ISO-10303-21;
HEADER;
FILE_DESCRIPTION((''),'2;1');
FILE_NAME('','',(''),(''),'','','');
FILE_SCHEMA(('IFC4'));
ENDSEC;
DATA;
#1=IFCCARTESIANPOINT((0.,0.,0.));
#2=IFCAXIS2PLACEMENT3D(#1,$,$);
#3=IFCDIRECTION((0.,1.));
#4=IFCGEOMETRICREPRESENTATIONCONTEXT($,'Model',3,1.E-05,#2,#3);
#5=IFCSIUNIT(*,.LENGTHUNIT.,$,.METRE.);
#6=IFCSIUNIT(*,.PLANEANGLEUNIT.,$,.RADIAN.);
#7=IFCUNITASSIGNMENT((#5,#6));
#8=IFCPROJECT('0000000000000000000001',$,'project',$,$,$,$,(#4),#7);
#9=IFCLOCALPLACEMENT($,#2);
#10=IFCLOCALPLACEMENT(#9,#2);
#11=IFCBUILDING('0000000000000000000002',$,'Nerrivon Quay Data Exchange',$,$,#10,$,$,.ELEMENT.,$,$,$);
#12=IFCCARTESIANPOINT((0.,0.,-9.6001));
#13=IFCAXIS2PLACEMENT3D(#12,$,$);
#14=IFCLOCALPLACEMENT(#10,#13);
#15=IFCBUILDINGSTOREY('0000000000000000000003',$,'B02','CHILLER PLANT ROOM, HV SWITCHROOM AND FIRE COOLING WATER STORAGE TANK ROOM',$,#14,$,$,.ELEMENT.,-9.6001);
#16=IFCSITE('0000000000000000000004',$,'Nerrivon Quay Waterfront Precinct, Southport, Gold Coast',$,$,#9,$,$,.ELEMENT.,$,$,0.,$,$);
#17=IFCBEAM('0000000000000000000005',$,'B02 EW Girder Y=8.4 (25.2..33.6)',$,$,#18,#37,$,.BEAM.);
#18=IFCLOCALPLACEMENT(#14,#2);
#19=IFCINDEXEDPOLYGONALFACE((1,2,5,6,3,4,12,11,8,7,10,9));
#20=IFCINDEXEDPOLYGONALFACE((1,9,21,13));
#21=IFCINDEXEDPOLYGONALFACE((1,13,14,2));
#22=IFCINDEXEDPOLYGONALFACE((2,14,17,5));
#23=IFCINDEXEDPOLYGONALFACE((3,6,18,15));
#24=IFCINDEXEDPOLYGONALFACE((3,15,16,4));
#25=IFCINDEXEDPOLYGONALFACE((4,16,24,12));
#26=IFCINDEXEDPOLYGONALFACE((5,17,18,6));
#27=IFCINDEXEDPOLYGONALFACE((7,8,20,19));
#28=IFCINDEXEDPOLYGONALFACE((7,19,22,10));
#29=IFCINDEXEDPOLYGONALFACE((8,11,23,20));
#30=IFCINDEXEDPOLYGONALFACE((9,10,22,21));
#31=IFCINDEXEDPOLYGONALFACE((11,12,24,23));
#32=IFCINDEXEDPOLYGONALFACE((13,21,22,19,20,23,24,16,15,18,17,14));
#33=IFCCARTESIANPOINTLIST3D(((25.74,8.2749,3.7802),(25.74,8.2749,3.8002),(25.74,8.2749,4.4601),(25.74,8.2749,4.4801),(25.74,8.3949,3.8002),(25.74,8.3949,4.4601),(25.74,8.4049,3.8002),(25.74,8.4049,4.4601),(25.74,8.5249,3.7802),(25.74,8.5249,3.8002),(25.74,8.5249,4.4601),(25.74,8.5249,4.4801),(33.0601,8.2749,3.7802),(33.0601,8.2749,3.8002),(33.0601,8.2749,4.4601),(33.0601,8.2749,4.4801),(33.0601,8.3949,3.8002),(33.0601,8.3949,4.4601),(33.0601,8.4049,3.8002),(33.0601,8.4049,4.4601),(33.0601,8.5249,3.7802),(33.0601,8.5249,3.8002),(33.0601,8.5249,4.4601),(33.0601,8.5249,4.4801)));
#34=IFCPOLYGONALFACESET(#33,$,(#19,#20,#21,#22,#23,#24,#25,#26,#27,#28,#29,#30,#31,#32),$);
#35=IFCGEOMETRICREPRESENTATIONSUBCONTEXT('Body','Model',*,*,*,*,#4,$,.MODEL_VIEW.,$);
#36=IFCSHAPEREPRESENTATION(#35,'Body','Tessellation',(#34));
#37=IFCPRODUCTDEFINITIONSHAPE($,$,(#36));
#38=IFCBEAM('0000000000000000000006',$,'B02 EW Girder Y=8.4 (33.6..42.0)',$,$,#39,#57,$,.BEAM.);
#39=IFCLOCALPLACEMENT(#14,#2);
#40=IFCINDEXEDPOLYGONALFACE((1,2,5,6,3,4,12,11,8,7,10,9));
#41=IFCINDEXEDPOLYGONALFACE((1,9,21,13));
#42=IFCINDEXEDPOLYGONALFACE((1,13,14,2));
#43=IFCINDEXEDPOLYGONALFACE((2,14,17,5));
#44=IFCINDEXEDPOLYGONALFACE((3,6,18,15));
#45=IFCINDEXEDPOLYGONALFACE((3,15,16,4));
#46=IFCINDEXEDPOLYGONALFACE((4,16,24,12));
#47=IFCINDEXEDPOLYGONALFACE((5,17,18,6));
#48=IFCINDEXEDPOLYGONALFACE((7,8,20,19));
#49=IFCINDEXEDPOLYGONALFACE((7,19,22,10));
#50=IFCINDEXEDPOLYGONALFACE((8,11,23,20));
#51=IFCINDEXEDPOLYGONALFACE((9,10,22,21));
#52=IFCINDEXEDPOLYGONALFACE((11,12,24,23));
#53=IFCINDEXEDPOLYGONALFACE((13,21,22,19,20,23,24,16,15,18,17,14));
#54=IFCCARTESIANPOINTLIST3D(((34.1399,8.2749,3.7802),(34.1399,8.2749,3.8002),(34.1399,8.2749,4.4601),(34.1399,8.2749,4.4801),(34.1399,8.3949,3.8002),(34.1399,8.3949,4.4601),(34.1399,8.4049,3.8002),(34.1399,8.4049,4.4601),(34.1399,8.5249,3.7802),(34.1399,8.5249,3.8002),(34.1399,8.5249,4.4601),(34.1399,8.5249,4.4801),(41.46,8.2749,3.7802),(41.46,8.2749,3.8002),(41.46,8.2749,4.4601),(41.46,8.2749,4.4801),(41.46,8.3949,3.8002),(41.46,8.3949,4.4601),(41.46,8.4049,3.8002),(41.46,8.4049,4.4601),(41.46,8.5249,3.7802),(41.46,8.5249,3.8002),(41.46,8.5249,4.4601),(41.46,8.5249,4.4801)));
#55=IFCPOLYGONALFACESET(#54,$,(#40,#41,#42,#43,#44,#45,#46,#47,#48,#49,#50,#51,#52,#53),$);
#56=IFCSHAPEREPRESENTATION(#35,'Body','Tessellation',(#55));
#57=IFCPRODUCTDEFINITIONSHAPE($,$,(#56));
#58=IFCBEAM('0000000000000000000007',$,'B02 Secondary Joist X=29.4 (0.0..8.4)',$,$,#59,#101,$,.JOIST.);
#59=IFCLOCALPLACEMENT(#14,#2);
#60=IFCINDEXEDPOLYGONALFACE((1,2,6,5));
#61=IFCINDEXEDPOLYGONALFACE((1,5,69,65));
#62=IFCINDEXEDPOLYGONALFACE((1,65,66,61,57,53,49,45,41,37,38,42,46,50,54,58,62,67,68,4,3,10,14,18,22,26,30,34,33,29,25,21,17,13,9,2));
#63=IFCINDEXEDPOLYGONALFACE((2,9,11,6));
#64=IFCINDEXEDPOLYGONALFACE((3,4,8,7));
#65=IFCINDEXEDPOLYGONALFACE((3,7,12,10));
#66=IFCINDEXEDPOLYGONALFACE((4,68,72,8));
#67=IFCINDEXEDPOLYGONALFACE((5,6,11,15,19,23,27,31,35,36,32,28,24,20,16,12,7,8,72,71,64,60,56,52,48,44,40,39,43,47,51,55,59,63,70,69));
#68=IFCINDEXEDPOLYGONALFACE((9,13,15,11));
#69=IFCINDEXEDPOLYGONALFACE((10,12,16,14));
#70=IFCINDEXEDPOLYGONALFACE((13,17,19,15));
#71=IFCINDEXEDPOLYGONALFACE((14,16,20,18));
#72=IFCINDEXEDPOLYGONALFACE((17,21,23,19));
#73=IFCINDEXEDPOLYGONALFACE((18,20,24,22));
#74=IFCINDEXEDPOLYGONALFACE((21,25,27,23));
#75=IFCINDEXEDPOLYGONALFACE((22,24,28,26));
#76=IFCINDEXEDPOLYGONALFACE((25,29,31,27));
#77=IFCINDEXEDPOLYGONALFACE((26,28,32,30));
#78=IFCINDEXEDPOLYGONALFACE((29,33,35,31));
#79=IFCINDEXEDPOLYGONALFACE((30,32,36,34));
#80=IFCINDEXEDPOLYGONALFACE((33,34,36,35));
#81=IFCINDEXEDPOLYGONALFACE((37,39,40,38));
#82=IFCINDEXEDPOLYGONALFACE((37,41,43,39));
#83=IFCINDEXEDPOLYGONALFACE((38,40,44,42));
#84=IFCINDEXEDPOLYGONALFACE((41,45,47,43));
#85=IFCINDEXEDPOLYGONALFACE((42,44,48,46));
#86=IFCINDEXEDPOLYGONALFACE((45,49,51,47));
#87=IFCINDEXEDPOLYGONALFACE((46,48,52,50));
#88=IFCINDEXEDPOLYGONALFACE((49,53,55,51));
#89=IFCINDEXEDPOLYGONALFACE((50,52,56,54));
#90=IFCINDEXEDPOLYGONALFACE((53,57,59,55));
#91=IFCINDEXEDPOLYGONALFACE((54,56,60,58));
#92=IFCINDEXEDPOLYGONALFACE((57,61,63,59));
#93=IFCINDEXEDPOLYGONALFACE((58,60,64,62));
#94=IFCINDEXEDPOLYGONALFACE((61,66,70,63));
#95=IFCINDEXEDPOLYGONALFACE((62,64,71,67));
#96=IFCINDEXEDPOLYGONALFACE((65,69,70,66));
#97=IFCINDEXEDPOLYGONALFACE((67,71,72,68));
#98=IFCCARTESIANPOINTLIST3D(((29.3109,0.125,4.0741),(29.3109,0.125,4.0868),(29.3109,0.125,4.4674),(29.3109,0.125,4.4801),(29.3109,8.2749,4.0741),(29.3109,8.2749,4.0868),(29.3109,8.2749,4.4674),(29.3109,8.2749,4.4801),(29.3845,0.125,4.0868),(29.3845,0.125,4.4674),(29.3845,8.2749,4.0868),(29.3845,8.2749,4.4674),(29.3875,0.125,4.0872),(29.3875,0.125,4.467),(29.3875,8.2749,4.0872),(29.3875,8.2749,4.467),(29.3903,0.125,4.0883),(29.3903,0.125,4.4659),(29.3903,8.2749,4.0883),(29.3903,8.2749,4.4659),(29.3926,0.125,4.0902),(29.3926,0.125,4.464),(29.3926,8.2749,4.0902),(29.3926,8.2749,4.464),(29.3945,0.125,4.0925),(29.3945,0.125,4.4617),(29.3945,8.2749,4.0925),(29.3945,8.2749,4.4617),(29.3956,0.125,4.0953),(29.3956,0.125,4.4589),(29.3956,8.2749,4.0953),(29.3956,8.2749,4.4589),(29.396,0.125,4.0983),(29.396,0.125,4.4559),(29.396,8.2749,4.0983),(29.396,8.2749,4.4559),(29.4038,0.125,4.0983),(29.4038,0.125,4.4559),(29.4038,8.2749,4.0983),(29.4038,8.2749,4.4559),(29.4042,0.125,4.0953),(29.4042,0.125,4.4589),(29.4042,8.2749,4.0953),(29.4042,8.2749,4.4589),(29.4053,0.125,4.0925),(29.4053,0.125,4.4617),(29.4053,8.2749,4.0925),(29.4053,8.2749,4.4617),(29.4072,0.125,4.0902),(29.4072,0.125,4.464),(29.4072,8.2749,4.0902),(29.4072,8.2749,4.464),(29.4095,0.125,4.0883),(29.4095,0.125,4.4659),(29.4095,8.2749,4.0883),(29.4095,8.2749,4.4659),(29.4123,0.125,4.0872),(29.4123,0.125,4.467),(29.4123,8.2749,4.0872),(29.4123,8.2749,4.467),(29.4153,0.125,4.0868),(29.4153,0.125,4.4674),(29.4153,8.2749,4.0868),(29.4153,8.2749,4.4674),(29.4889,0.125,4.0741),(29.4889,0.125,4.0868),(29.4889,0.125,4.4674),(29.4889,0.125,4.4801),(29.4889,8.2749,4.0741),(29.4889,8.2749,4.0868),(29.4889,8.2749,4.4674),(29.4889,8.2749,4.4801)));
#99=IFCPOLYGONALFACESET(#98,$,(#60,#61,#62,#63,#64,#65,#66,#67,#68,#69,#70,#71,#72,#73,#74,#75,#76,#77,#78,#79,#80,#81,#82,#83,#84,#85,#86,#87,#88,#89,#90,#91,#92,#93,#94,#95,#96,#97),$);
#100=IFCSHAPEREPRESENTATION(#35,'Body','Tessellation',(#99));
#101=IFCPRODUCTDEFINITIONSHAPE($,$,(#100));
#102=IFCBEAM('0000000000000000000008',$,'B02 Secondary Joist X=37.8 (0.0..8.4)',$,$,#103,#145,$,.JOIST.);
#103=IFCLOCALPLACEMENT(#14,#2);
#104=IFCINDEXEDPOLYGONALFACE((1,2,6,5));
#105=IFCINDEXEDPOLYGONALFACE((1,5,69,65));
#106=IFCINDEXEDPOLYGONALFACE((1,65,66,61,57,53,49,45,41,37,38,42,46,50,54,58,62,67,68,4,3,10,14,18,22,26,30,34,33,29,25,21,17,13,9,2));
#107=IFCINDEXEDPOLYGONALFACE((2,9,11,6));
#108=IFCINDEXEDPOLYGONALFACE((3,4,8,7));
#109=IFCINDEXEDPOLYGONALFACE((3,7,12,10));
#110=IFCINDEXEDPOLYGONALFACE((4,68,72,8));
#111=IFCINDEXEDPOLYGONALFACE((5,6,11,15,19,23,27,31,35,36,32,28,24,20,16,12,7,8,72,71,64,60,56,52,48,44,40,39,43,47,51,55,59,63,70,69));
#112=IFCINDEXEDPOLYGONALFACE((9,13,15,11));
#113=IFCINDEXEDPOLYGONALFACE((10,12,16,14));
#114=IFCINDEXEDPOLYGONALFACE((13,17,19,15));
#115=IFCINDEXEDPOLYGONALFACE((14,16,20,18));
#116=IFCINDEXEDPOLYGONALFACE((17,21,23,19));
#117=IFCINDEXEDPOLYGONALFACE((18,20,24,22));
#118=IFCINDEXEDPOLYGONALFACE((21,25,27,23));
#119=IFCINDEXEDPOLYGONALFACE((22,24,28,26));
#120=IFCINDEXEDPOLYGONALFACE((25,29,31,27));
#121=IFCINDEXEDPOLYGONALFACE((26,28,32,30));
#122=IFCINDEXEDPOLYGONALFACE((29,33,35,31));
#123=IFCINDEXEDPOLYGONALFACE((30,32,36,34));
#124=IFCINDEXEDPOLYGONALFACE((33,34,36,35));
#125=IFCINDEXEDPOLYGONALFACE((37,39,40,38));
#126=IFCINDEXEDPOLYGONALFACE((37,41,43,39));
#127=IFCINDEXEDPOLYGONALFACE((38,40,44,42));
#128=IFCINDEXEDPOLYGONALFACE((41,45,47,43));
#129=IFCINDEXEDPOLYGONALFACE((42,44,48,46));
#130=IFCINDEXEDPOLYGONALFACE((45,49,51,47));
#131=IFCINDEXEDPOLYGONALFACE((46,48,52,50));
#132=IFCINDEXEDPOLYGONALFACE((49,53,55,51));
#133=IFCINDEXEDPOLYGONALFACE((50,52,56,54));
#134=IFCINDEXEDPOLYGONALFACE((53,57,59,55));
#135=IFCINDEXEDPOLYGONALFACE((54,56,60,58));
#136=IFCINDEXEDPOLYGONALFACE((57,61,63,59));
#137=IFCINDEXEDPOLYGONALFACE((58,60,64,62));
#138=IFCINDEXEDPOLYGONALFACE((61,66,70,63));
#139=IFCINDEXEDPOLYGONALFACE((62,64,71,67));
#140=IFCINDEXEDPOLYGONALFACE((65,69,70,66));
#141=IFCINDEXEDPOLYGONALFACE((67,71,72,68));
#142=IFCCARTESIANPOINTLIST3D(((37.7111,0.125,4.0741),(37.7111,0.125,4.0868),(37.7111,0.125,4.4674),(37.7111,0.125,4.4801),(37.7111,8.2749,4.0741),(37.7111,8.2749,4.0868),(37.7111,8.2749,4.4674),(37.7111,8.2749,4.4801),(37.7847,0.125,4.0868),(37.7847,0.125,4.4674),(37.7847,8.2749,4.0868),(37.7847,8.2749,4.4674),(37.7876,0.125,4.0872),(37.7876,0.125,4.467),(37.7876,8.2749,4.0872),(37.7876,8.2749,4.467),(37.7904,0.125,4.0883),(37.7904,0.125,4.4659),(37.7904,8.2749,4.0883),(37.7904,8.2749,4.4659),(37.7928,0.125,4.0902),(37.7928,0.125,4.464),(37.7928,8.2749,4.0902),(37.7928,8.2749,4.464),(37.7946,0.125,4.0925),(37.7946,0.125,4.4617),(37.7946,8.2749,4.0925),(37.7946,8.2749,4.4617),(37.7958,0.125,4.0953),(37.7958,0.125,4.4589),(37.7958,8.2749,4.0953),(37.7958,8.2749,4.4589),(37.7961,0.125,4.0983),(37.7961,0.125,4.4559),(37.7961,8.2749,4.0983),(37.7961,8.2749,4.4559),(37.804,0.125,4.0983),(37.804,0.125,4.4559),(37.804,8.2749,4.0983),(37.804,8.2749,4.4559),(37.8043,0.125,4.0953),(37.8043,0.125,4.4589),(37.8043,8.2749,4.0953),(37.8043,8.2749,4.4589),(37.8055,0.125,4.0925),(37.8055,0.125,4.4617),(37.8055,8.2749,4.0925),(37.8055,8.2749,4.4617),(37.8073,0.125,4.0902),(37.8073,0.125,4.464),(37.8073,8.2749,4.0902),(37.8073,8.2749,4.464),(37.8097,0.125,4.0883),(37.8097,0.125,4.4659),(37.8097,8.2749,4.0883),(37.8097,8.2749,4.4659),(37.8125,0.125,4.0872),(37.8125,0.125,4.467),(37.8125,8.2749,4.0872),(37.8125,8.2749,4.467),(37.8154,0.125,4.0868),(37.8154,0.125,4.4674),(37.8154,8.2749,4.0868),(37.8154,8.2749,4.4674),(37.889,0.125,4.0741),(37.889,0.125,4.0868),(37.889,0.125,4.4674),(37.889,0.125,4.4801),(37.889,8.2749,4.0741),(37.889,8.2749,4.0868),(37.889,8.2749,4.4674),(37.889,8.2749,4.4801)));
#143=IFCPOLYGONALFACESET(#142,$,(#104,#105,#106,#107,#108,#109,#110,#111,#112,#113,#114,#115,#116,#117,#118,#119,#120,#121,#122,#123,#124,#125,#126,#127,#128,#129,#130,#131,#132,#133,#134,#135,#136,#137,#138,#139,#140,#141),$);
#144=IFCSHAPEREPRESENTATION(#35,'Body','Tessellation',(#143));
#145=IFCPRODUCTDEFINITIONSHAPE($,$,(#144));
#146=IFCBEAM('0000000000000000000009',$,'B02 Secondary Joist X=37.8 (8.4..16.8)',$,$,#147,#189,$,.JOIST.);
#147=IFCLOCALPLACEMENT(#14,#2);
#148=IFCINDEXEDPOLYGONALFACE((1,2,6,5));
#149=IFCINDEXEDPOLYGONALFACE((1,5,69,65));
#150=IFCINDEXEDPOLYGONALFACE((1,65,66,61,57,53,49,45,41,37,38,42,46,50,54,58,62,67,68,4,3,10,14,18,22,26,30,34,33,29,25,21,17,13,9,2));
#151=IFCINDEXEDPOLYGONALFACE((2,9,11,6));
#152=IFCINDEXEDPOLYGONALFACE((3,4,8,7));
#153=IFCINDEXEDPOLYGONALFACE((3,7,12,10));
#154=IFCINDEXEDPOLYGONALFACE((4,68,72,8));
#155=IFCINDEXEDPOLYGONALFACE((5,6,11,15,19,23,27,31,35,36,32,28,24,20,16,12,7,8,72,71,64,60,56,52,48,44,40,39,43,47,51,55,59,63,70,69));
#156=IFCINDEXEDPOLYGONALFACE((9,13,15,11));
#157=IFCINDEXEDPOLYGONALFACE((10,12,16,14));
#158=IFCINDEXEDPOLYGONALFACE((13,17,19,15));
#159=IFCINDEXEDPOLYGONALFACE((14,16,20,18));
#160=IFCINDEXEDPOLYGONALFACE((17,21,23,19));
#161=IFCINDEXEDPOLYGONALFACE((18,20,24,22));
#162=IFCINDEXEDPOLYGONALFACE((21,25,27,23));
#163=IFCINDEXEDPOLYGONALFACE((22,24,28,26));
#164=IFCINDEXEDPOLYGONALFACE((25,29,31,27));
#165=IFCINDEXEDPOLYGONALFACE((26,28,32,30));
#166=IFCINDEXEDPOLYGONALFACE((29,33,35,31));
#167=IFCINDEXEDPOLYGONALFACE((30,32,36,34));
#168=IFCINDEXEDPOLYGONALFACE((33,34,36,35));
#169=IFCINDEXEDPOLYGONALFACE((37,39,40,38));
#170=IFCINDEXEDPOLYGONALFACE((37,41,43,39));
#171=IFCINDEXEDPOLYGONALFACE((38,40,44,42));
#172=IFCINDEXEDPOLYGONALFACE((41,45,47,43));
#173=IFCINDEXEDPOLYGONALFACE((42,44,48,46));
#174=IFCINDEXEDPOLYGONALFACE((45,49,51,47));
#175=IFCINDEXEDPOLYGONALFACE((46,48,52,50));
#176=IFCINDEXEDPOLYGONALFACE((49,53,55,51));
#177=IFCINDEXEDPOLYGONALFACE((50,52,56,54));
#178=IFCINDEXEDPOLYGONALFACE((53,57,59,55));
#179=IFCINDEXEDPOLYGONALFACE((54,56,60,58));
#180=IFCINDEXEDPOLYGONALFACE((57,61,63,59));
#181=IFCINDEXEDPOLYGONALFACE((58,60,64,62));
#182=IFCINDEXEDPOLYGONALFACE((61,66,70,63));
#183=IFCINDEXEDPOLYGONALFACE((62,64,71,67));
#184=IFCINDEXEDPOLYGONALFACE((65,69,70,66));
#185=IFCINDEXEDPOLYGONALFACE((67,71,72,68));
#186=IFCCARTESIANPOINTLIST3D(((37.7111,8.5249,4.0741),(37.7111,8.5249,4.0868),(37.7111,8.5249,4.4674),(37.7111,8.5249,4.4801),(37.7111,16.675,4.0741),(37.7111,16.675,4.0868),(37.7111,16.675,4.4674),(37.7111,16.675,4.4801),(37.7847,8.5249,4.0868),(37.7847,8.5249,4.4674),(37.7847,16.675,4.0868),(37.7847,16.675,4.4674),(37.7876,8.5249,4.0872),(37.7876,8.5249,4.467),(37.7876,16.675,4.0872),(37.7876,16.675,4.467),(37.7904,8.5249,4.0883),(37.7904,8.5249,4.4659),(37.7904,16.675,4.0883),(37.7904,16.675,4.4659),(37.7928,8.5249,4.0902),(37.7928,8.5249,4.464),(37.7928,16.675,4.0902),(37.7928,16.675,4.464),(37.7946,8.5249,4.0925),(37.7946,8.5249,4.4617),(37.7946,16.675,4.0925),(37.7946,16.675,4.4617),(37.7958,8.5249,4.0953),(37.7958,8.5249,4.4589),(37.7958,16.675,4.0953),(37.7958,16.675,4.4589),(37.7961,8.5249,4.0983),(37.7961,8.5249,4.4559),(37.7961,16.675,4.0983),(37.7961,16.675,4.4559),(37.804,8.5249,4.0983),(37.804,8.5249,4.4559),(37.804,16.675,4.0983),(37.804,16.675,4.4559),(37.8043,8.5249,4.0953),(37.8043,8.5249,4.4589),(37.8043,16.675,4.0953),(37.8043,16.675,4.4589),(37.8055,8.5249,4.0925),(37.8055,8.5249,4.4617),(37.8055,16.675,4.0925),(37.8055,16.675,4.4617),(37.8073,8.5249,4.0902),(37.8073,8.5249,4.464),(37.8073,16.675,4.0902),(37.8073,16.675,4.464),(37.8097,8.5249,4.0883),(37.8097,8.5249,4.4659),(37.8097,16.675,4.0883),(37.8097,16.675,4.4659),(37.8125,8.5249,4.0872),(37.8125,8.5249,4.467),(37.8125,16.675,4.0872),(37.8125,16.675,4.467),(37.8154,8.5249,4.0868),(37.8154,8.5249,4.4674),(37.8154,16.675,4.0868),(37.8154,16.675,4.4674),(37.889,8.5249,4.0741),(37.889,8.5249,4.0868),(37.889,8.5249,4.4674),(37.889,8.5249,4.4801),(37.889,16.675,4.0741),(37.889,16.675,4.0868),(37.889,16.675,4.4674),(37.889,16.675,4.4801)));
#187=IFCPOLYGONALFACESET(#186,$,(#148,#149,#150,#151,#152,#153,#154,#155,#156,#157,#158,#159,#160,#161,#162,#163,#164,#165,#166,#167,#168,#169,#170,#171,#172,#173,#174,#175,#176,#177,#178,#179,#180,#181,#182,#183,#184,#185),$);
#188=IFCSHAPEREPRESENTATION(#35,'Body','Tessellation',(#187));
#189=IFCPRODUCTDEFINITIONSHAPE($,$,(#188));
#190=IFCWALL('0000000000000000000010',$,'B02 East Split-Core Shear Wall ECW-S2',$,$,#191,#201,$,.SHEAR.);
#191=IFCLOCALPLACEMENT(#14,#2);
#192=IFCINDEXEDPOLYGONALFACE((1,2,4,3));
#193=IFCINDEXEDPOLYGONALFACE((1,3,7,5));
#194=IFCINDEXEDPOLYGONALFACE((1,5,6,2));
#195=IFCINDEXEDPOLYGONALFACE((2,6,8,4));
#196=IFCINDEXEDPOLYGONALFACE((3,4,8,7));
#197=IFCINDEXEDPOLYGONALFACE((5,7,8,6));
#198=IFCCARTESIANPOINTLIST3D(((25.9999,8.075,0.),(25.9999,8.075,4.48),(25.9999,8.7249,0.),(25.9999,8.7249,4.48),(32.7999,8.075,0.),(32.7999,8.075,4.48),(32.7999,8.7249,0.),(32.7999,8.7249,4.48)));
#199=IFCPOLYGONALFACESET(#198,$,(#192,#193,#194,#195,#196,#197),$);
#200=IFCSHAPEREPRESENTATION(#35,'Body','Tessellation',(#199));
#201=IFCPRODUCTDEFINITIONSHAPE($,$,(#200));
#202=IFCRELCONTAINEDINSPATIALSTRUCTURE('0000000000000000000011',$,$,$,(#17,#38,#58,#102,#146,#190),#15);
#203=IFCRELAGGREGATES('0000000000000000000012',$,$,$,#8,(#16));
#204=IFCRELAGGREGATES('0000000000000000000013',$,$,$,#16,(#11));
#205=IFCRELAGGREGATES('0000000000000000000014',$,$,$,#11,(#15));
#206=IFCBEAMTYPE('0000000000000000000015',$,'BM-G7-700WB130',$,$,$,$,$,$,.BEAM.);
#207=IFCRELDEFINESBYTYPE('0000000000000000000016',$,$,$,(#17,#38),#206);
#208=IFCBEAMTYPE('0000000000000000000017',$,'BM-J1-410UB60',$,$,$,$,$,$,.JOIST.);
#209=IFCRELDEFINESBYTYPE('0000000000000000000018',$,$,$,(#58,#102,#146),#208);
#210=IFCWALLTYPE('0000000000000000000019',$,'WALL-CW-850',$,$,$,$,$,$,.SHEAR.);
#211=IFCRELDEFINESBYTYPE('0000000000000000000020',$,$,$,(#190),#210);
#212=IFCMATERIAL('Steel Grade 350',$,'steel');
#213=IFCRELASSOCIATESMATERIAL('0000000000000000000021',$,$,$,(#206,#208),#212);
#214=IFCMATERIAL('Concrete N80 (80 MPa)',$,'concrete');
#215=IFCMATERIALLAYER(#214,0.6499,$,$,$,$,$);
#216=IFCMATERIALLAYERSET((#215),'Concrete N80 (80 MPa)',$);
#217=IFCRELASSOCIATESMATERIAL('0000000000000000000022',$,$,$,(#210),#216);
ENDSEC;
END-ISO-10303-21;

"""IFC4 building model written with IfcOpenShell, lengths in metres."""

from ifc_helpers import new_model, si_unit, direction, frame, frame_2d, origin, origin_2d, place, context, subcontext, project, spatial, rectangle, i_section, extrude, material, layer, layer_set, material_profile, profile_set, type_object, element, save


model = new_model("IFC4")

# Units and contexts
model_context = context("Model", 3, precision=1e-05, world=origin(), true_north=direction((0.0, 1.0)))
body_context = subcontext(model_context, "Body", "Model", "MODEL_VIEW")
ifc_project = project(units=[si_unit("LENGTHUNIT", "METRE"), si_unit("PLANEANGLEUNIT", "RADIAN")], contexts=[model_context])

# Site, building, storey
site_placement = place(None, origin())
site = spatial("IfcSite", under=ifc_project, at=site_placement, Name="Nerrivon Quay Waterfront Precinct, Southport, Gold Coast", CompositionType="ELEMENT", RefElevation=0.0)
building_placement = place(site_placement, origin())
building = spatial("IfcBuilding", under=site, at=building_placement, Name="Nerrivon Quay Data Exchange", CompositionType="ELEMENT")
storey_placement = place(building_placement, frame((0.0, 0.0, -9.6001)))
storey = spatial("IfcBuildingStorey", under=building, at=storey_placement, Name="B02", Description="CHILLER PLANT ROOM, HV SWITCHROOM AND FIRE COOLING WATER STORAGE TANK ROOM", CompositionType="ELEMENT", Elevation=-9.6001)

# Shared definitions
ifc_material_1 = material(Name="Concrete N80 (80 MPa)", Category="concrete")

# Beams
ifc_material_2 = material(Name="Steel Grade 350", Category="steel")
ifc_material_profile_1 = material_profile(ifc_material_2, i_section(OverallWidth=0.25, OverallDepth=0.7, WebThickness=0.01, FlangeThickness=0.02, at=origin_2d()), Name="700WB130")
ifc_profile_set_1 = profile_set([ifc_material_profile_1], Name="Steel Grade 350")
beam_type_1 = type_object("IfcBeamType", Name="BM-G7-700WB130", PredefinedType="BEAM", material=ifc_profile_set_1)
for number, where, z_axis, x_axis, name in (
    (1, (25.74, 8.3999, 4.1301), (1.0, 0.0, 0.0), (0.0, 1.0, 0.0), "B02 EW Girder Y=8.4 (25.2..33.6)"),
    (2, (34.1399, 8.3999, 4.1301), (1.0, 0.0, 0.0), (0.0, 1.0, 0.0), "B02 EW Girder Y=8.4 (33.6..42.0)"),
):
    element("IfcBeam", number, at=place(storey_placement, frame(where, z_axis=z_axis, x_axis=x_axis)), inside=storey, type_object=beam_type_1, Name=name, PredefinedType="BEAM", context=body_context, shape_type="SweptSolid", body=[
        extrude(i_section(OverallWidth=0.25, OverallDepth=0.7, WebThickness=0.01, FlangeThickness=0.02, at=origin_2d()), origin(), (0.0, 0.0, 1.0), 7.3201),
    ])
ifc_material_profile_2 = material_profile(ifc_material_2, i_section(OverallWidth=0.178, OverallDepth=0.406, WebThickness=0.0078, FlangeThickness=0.0127, FilletRadius=0.0115, at=origin_2d()), Name="410UB59.7")
ifc_profile_set_2 = profile_set([ifc_material_profile_2], Name="Steel Grade 350")
beam_type_2 = type_object("IfcBeamType", Name="BM-J1-410UB60", PredefinedType="JOIST", material=ifc_profile_set_2)
for number, where, z_axis, x_axis, name in (
    (3, (29.3999, 0.125, 4.2771), (0.0, 1.0, 0.0), (-1.0, 0.0, 0.0), "B02 Secondary Joist X=29.4 (0.0..8.4)"),
    (4, (37.8, 0.125, 4.2771), (0.0, 1.0, 0.0), (-1.0, 0.0, 0.0), "B02 Secondary Joist X=37.8 (0.0..8.4)"),
):
    element("IfcBeam", number, at=place(storey_placement, frame(where, z_axis=z_axis, x_axis=x_axis)), inside=storey, type_object=beam_type_2, Name=name, PredefinedType="JOIST", context=body_context, shape_type="SweptSolid", body=[
        extrude(i_section(OverallWidth=0.178, OverallDepth=0.406, WebThickness=0.0078, FlangeThickness=0.0127, FilletRadius=0.0115, at=origin_2d()), origin(), (0.0, 0.0, 1.0), 8.1499),
    ])
beam_placement = place(storey_placement, frame((37.8, 8.5249, 4.2771), z_axis=(0.0, 1.0, 0.0), x_axis=(-1.0, 0.0, 0.0)))
element("IfcBeam", 5, at=beam_placement, inside=storey, type_object=beam_type_2, Name="B02 Secondary Joist X=37.8 (8.4..16.8)", PredefinedType="JOIST", context=body_context, shape_type="SweptSolid", body=[
    extrude(i_section(OverallWidth=0.178, OverallDepth=0.406, WebThickness=0.0078, FlangeThickness=0.0127, FilletRadius=0.0115, at=origin_2d()), origin(), (0.0, 0.0, 1.0), 8.1501),
])

# Wall
ifc_layer_1 = layer(ifc_material_1, 0.6499)
ifc_layer_set_1 = layer_set([ifc_layer_1], Name="Concrete N80 (80 MPa)")
wall_type_1 = type_object("IfcWallType", Name="WALL-CW-850", PredefinedType="SHEAR", material=ifc_layer_set_1)
wall_1_placement = place(storey_placement, frame((26.0, 8.3999, 0.0), z_axis=(0.0, 0.0, 1.0), x_axis=(1.0, 0.0, 0.0)))
element("IfcWall", 6, at=wall_1_placement, inside=storey, type_object=wall_type_1, Name="B02 East Split-Core Shear Wall ECW-S2", PredefinedType="SHEAR", context=body_context, shape_type="SweptSolid", body=[
    extrude(rectangle(XDim=6.8, YDim=0.6499, at=frame_2d((3.3999, 0.0))), origin(), (0.0, 0.0, 1.0), 4.48),
])

save(model, "model.ifc")
